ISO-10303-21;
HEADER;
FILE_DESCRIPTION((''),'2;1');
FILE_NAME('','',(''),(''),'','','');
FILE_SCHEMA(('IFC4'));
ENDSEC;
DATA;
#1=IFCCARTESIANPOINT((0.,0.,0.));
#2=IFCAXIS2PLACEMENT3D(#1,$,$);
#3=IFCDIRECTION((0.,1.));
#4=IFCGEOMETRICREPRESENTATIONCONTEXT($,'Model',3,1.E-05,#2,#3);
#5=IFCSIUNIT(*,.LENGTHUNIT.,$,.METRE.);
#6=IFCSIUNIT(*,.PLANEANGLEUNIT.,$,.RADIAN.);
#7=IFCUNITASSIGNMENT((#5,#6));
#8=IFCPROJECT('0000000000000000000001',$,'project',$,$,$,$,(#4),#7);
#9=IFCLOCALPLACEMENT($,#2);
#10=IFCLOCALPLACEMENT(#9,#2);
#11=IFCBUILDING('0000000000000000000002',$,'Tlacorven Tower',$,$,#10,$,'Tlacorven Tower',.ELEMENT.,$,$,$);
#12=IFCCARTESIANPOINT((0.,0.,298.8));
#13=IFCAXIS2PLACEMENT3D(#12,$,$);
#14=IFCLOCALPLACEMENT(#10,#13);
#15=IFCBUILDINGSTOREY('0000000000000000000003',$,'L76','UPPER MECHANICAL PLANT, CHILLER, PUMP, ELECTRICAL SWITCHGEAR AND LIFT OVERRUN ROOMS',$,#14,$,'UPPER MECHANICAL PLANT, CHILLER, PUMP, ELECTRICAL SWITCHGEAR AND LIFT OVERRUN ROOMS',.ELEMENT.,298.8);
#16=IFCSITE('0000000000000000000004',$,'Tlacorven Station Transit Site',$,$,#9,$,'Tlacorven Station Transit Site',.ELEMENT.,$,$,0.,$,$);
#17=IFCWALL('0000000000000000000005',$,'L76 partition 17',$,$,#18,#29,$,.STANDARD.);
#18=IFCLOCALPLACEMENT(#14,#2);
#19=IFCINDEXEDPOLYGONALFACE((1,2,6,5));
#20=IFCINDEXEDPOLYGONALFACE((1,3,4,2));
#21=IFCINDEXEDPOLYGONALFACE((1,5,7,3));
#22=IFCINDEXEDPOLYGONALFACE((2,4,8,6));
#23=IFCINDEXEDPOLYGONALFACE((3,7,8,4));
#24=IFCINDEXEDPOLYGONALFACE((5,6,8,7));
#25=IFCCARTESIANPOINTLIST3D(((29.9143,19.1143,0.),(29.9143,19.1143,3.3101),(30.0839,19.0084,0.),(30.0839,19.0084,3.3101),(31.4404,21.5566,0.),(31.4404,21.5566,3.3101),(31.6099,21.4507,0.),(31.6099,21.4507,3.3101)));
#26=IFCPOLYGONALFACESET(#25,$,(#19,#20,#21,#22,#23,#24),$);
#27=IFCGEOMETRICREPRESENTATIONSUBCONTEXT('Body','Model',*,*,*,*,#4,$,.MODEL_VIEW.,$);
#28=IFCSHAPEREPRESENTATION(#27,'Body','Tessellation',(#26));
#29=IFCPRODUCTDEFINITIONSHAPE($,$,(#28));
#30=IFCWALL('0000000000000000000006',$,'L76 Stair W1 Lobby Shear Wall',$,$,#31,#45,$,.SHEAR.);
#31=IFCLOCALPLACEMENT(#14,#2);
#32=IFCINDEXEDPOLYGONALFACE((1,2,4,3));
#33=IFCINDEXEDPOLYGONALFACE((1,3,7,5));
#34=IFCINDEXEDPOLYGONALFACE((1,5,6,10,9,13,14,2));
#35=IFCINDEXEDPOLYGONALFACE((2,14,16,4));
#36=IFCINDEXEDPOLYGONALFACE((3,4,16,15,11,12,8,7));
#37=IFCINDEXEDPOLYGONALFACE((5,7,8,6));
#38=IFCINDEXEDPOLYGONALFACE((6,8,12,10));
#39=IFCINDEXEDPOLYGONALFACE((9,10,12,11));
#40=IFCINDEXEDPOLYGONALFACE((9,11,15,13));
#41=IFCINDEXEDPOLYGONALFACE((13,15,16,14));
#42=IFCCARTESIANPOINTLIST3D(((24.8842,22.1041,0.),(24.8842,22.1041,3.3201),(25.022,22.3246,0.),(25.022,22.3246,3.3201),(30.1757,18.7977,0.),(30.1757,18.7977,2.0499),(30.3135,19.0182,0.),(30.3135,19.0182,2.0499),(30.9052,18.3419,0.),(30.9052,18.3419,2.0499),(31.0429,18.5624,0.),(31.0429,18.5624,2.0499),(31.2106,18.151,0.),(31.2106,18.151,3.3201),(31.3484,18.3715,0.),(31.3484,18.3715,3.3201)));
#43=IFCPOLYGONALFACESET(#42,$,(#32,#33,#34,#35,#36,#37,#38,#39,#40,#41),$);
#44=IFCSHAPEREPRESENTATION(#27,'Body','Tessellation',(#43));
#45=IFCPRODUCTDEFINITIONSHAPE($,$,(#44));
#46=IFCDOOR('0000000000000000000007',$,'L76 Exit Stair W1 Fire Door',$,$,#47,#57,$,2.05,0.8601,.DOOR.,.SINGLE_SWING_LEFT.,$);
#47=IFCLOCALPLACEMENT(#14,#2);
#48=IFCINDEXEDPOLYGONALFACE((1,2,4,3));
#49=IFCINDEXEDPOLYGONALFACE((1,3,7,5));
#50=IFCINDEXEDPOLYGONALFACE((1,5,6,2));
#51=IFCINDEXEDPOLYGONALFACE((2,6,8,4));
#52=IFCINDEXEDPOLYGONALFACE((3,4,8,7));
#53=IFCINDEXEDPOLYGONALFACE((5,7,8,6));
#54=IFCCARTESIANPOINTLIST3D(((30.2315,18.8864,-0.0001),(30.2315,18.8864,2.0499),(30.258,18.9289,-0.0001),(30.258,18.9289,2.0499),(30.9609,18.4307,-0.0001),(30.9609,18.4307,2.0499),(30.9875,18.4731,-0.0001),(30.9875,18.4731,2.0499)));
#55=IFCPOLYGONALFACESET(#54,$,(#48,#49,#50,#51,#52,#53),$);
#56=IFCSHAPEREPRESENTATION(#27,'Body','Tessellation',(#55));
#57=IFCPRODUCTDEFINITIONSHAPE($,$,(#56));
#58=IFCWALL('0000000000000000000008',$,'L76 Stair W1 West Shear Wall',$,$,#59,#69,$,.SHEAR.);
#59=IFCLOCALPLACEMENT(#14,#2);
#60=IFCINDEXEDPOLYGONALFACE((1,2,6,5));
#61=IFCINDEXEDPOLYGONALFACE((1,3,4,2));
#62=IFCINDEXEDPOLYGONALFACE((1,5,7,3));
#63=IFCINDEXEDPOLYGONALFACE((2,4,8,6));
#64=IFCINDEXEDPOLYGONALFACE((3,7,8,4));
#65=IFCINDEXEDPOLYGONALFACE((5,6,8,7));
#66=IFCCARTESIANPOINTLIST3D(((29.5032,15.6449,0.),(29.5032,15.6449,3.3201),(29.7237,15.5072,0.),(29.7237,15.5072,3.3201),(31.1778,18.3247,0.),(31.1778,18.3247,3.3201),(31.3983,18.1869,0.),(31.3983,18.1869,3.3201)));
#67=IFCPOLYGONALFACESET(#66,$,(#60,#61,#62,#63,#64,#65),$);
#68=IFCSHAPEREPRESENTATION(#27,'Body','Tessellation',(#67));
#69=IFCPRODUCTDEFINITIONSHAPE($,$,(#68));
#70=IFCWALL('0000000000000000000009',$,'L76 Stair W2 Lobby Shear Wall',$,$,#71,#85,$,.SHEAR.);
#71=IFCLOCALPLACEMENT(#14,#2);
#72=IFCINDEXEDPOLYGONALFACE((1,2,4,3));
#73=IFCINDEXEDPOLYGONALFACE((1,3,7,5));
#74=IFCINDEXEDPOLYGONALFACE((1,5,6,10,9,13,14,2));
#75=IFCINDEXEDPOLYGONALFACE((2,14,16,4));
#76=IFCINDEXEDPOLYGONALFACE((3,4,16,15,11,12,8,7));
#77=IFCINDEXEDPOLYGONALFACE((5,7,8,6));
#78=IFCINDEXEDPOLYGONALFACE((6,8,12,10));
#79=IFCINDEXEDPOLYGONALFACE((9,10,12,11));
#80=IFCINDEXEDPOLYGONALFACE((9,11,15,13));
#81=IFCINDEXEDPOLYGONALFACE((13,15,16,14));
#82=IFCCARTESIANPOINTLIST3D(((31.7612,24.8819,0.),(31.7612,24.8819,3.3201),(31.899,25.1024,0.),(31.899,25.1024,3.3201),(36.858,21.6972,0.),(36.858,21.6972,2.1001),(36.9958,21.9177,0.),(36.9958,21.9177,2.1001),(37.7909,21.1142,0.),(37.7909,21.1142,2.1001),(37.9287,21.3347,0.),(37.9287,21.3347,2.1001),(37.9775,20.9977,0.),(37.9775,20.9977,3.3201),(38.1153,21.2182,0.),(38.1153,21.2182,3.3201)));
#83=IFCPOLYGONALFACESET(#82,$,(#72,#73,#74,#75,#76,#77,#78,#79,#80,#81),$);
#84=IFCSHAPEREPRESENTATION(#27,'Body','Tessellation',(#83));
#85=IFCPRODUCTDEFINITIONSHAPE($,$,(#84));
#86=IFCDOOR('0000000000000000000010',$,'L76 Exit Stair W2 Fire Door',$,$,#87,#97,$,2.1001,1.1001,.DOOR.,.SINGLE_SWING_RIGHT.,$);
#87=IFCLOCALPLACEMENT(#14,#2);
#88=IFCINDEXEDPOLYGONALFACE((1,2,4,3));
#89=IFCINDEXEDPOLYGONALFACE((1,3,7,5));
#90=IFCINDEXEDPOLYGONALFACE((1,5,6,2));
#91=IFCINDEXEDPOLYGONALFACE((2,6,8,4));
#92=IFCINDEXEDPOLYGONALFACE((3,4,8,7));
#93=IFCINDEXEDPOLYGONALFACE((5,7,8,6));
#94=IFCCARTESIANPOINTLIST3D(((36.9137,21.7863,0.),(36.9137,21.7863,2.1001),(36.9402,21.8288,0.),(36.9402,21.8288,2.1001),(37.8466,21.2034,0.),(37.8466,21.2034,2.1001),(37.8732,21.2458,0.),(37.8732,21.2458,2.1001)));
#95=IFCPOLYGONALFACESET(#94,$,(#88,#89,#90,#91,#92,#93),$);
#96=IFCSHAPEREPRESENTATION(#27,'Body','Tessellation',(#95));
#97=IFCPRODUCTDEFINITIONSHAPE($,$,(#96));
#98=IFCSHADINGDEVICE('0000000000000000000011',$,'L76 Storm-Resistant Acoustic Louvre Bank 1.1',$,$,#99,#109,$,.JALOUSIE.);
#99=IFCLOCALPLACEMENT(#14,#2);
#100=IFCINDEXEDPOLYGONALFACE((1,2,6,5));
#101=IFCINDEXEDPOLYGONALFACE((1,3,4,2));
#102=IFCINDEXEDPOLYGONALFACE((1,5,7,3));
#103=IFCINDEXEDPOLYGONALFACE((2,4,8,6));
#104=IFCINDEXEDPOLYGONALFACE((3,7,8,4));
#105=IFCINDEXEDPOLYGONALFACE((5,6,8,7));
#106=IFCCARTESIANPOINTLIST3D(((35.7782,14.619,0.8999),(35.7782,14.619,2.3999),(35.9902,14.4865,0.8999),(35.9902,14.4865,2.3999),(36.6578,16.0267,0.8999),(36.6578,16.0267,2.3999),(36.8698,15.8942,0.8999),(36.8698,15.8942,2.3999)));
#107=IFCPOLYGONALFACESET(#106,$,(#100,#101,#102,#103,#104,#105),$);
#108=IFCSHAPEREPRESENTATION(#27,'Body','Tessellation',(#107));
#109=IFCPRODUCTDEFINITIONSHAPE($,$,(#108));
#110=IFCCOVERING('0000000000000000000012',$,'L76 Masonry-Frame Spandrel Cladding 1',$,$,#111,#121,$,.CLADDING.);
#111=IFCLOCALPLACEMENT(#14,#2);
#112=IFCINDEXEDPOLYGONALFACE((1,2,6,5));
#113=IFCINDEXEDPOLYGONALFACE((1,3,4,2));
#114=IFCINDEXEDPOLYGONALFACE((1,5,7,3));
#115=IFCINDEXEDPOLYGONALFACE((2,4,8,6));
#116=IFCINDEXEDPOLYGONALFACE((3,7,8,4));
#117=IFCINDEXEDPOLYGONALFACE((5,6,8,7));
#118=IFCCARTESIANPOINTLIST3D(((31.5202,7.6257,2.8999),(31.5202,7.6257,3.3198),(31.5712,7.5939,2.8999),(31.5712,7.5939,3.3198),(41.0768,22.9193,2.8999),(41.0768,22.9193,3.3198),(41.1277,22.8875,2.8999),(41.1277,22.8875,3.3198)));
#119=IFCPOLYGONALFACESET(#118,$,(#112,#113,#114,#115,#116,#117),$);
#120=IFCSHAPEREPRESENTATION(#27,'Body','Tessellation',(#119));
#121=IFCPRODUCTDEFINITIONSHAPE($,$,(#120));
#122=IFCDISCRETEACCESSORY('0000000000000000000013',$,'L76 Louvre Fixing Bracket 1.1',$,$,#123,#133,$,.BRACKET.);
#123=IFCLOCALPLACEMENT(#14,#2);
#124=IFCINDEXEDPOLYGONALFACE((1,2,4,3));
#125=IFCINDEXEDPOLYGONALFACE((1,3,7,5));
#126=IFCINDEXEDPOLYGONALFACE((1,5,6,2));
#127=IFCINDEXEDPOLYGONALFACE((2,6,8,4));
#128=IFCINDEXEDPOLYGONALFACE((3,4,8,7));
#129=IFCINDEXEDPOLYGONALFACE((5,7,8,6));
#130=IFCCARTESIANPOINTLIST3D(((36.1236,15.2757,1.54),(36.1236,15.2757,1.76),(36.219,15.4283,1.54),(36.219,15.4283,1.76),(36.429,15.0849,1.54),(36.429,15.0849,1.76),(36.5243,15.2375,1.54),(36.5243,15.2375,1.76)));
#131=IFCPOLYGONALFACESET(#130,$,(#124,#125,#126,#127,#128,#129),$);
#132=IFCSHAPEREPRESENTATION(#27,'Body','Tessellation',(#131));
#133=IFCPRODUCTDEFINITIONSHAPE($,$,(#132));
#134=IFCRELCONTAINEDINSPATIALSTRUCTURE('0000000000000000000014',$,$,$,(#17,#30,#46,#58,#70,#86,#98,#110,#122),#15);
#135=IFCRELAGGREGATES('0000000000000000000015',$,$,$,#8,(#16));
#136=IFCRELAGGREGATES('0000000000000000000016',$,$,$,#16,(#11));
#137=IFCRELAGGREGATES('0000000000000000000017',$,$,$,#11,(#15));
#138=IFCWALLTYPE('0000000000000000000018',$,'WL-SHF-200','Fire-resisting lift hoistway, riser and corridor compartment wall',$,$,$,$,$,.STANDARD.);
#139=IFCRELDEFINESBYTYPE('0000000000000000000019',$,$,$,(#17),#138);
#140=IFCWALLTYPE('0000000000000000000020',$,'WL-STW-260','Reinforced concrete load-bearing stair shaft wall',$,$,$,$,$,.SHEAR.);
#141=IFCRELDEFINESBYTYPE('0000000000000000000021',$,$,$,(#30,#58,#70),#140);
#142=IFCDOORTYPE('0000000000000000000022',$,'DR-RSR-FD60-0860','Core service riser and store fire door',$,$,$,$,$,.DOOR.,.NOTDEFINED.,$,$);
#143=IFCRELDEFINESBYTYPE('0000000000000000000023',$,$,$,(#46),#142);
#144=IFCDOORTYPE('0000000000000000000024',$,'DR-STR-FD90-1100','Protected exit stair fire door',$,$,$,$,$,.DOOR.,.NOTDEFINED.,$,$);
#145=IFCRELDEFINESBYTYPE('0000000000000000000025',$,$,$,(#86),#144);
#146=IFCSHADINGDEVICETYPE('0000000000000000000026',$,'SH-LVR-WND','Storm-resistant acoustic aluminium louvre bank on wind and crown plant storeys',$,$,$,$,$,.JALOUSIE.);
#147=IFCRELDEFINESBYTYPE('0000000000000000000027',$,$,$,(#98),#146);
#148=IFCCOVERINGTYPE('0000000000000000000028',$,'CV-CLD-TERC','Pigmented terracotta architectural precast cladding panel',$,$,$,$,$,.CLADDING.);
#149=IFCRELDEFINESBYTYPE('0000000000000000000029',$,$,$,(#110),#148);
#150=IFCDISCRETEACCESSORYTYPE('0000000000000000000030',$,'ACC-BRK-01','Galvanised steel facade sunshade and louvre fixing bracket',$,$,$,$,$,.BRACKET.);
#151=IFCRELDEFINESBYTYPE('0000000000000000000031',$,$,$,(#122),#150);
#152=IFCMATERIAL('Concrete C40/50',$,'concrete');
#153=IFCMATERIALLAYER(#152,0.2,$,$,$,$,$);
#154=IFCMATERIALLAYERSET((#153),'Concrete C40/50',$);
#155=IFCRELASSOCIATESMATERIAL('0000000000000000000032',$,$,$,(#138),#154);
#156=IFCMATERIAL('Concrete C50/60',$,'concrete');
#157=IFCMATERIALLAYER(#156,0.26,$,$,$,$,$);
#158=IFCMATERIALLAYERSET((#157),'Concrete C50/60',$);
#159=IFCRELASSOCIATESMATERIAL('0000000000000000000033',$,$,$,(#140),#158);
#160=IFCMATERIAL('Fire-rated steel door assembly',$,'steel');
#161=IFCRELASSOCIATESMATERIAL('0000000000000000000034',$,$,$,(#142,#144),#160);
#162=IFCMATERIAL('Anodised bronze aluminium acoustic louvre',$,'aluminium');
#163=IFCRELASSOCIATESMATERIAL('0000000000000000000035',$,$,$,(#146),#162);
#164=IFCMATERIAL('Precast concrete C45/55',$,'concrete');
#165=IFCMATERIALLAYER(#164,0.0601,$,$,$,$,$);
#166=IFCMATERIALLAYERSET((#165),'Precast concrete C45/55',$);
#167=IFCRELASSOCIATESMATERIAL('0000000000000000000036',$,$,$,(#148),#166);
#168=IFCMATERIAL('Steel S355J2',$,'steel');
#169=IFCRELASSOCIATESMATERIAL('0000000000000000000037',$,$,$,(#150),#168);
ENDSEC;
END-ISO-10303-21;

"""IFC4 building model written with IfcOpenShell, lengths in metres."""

from ifc_helpers import new_model, si_unit, direction, frame, frame_2d, origin, origin_2d, place, context, subcontext, project, spatial, rectangle, extrude, source, transform, mapped, material, layer, layer_set, type_object, element, fill, save


model = new_model("IFC4")

# Units and contexts
model_context = context("Model", 3, precision=1e-05, world=origin(), true_north=direction((0.0, 1.0)))
body_context = subcontext(model_context, "Body", "Model", "MODEL_VIEW")
ifc_project = project(units=[si_unit("LENGTHUNIT", "METRE"), si_unit("PLANEANGLEUNIT", "RADIAN")], contexts=[model_context])

# Site, building, storey
site_placement = place(None, origin())
site = spatial("IfcSite", under=ifc_project, at=site_placement, Name="Tlacorven Station Transit Site", LongName="Tlacorven Station Transit Site", CompositionType="ELEMENT", RefElevation=0.0)
building_placement = place(site_placement, origin())
building = spatial("IfcBuilding", under=site, at=building_placement, Name="Tlacorven Tower", LongName="Tlacorven Tower", CompositionType="ELEMENT")
storey_placement = place(building_placement, frame((0.0, 0.0, 298.8)))
storey = spatial("IfcBuildingStorey", under=building, at=storey_placement, Name="L76", Description="UPPER MECHANICAL PLANT, CHILLER, PUMP, ELECTRICAL SWITCHGEAR AND LIFT OVERRUN ROOMS", LongName="UPPER MECHANICAL PLANT, CHILLER, PUMP, ELECTRICAL SWITCHGEAR AND LIFT OVERRUN ROOMS", CompositionType="ELEMENT", Elevation=298.8)

# Shared definitions
ifc_material_1 = material(Name="Steel S355J2", Category="steel")

# Shared definitions
ifc_material_2 = material(Name="Concrete C50/60", Category="concrete")
ifc_material_3 = material(Name="Precast concrete C45/55", Category="concrete")

# Shared definitions
ifc_material_4 = material(Name="Concrete C40/50", Category="concrete")
ifc_layer_1 = layer(ifc_material_4, 0.2)
ifc_layer_set_1 = layer_set([ifc_layer_1], Name="Concrete C40/50")
wall_type_1 = type_object("IfcWallType", Name="WL-SHF-200", Description="Fire-resisting lift hoistway, riser and corridor compartment wall", PredefinedType="STANDARD", material=ifc_layer_set_1)
ifc_material_5 = material(Name="Fire-rated steel door assembly", Category="steel")

# Wall
wall_1_placement = place(storey_placement, frame((31.5251, 21.5037, 0.0), z_axis=(0.0, 0.0, 1.0), x_axis=(-0.529907, -0.848055, 0.0)))
element("IfcWall", 1, at=wall_1_placement, inside=storey, type_object=wall_type_1, Name="L76 partition 17", PredefinedType="STANDARD", context=body_context, shape_type="SweptSolid", body=[
    extrude(rectangle(XDim=2.8799, YDim=0.2, at=frame_2d((1.4399, 0.0))), origin(), (0.0, 0.0, 1.0), 3.3101),
])

# Wall, opening, door
ifc_layer_2 = layer(ifc_material_2, 0.26)
ifc_layer_set_2 = layer_set([ifc_layer_2], Name="Concrete C50/60")
wall_type_2 = type_object("IfcWallType", Name="WL-STW-260", Description="Reinforced concrete load-bearing stair shaft wall", PredefinedType="SHEAR", material=ifc_layer_set_2)
wall_2_placement = place(storey_placement, frame((31.2795, 18.2612, 0.0), z_axis=(0.0, 0.0, 1.0), x_axis=(-0.848052, 0.529914, 0.0)))
wall_2 = element("IfcWall", 2, at=wall_2_placement, inside=storey, type_object=wall_type_2, Name="L76 Stair W1 Lobby Shear Wall", PredefinedType="SHEAR", context=body_context, shape_type="SweptSolid", body=[
    extrude(rectangle(XDim=7.46, YDim=0.26, at=frame_2d((3.73, 0.0))), origin(), (0.0, 0.0, 1.0), 3.3201),
])
opening_1_placement = place(wall_2_placement, frame((0.3601, 0.0, 0.0)))
opening_1 = element("IfcOpeningElement", 3, at=opening_1_placement, cuts=wall_2, PredefinedType="OPENING", context=body_context, shape_type="SweptSolid", body=[
    extrude(rectangle(XDim=0.8601, YDim=2.05, at=frame_2d((0.4302, 1.0249))), frame((0.0, 0.1401, 0.0), z_axis=(0.0, -1.0, 0.0), x_axis=(1.0, 0.0, 0.0)), (0.0, 0.0, 1.0), 0.28),
])
door_type_1 = type_object("IfcDoorType", Name="DR-RSR-FD60-0860", Description="Core service riser and store fire door", OperationType="NOTDEFINED", PredefinedType="DOOR", material=ifc_material_5)
shared_shape_1 = source(origin(), body_context, "Body", "SweptSolid", [
    extrude(rectangle(XDim=0.8601, YDim=2.05, at=frame_2d((0.4302, 1.0249))), frame((0.0, 0.0249, 0.0), z_axis=(0.0, -1.0, 0.0), x_axis=(1.0, 0.0, 0.0)), (0.0, 0.0, 1.0), 0.05),
])
door_1_placement = place(opening_1_placement, frame((0.8601, 0.0, 0.0), z_axis=(0.0, 0.0, 1.0), x_axis=(-1.0, 0.0, 0.0)))
door_1 = element("IfcDoor", 4, at=door_1_placement, inside=storey, type_object=door_type_1, Name="L76 Exit Stair W1 Fire Door", OperationType="SINGLE_SWING_LEFT", OverallHeight=2.05, OverallWidth=0.8601, PredefinedType="DOOR", context=body_context, shape_type="MappedRepresentation", body=[
    mapped(shared_shape_1, transform((0.0, 0.0, 0.0), scale=1.0)),
])
fill(opening_1, door_1)

# Wall
wall_3_placement = place(storey_placement, frame((31.2881, 18.2559, 0.0), z_axis=(0.0, 0.0, 1.0), x_axis=(-0.529943, -0.848033, 0.0)))
element("IfcWall", 5, at=wall_3_placement, inside=storey, type_object=wall_type_2, Name="L76 Stair W1 West Shear Wall", PredefinedType="SHEAR", context=body_context, shape_type="SweptSolid", body=[
    extrude(rectangle(XDim=3.1599, YDim=0.26, at=frame_2d((1.5801, 0.0))), origin(), (0.0, 0.0, 1.0), 3.3201),
])

# Wall, opening, door
wall_4_placement = place(storey_placement, frame((38.0464, 21.1079, 0.0), z_axis=(0.0, 0.0, 1.0), x_axis=(-0.848054, 0.529909, 0.0)))
wall_4 = element("IfcWall", 6, at=wall_4_placement, inside=storey, type_object=wall_type_2, Name="L76 Stair W2 Lobby Shear Wall", PredefinedType="SHEAR", context=body_context, shape_type="SweptSolid", body=[
    extrude(rectangle(XDim=7.3301, YDim=0.26, at=frame_2d((3.665, 0.0))), origin(), (0.0, 0.0, 1.0), 3.3201),
])
opening_2_placement = place(wall_4_placement, frame((0.22, 0.0, 0.0)))
opening_2 = element("IfcOpeningElement", 7, at=opening_2_placement, cuts=wall_4, PredefinedType="OPENING", context=body_context, shape_type="SweptSolid", body=[
    extrude(rectangle(XDim=1.1001, YDim=2.1001, at=frame_2d((0.55, 1.05))), frame((0.0, 0.1401, 0.0), z_axis=(0.0, -1.0, 0.0), x_axis=(1.0, 0.0, 0.0)), (0.0, 0.0, 1.0), 0.28),
])
door_type_2 = type_object("IfcDoorType", Name="DR-STR-FD90-1100", Description="Protected exit stair fire door", OperationType="NOTDEFINED", PredefinedType="DOOR", material=ifc_material_5)
shared_shape_2 = source(origin(), body_context, "Body", "SweptSolid", [
    extrude(rectangle(XDim=1.1001, YDim=2.1001, at=frame_2d((0.55, 1.05))), frame((0.0, 0.0249, 0.0), z_axis=(0.0, -1.0, 0.0), x_axis=(1.0, 0.0, 0.0)), (0.0, 0.0, 1.0), 0.05),
])
door_2_placement = place(opening_2_placement, origin())
door_2 = element("IfcDoor", 8, at=door_2_placement, inside=storey, type_object=door_type_2, Name="L76 Exit Stair W2 Fire Door", OperationType="SINGLE_SWING_RIGHT", OverallHeight=2.1001, OverallWidth=1.1001, PredefinedType="DOOR", context=body_context, shape_type="MappedRepresentation", body=[
    mapped(shared_shape_2, transform((0.0, 0.0, 0.0), scale=1.0)),
])
fill(opening_2, door_2)

# Shading device
ifc_material_6 = material(Name="Anodised bronze aluminium acoustic louvre", Category="aluminium")
shading_device_type = type_object("IfcShadingDeviceType", Name="SH-LVR-WND", Description="Storm-resistant acoustic aluminium louvre bank on wind and crown plant storeys", PredefinedType="JALOUSIE", material=ifc_material_6)
shared_shape_3 = source(origin(), body_context, "Body", "SweptSolid", [
    extrude(rectangle(XDim=1.6599, YDim=0.25, at=origin_2d()), origin(), (0.0, 0.0, 1.0), 1.5),
])
shading_device_placement = place(storey_placement, frame((36.324, 15.2566, 0.8999), z_axis=(0.0, 0.0, 1.0), x_axis=(-0.529919, -0.848048, 0.0)))
element("IfcShadingDevice", 9, at=shading_device_placement, inside=storey, type_object=shading_device_type, Name="L76 Storm-Resistant Acoustic Louvre Bank 1.1", PredefinedType="JALOUSIE", context=body_context, shape_type="MappedRepresentation", body=[
    mapped(shared_shape_3, transform((0.0, 0.0, 0.0), scale=1.0)),
])

# Covering
ifc_layer_3 = layer(ifc_material_3, 0.0601)
ifc_layer_set_3 = layer_set([ifc_layer_3], Name="Precast concrete C45/55")
covering_type = type_object("IfcCoveringType", Name="CV-CLD-TERC", Description="Pigmented terracotta architectural precast cladding panel", PredefinedType="CLADDING", material=ifc_layer_set_3)
shared_shape_4 = source(origin(), body_context, "Body", "SweptSolid", [
    extrude(rectangle(XDim=18.0339, YDim=0.0601, at=origin_2d()), origin(), (0.0, 0.0, 1.0), 0.4199),
])
covering_placement = place(storey_placement, frame((36.324, 15.2566, 2.8999), z_axis=(0.0, 0.0, 1.0), x_axis=(-0.529919, -0.848048, 0.0)))
element("IfcCovering", 10, at=covering_placement, inside=storey, type_object=covering_type, Name="L76 Masonry-Frame Spandrel Cladding 1", PredefinedType="CLADDING", context=body_context, shape_type="MappedRepresentation", body=[
    mapped(shared_shape_4, transform((0.0, 0.0, 0.0), scale=1.0)),
])

# Discrete accessory
discrete_accessory_type = type_object("IfcDiscreteAccessoryType", Name="ACC-BRK-01", Description="Galvanised steel facade sunshade and louvre fixing bracket", PredefinedType="BRACKET", material=ifc_material_1)
shared_shape_5 = source(origin(), body_context, "Body", "SweptSolid", [
    extrude(rectangle(XDim=0.1799, YDim=0.3601, at=origin_2d()), origin(), (0.0, 0.0, 1.0), 0.22),
])
discrete_accessory_placement = place(storey_placement, frame((36.324, 15.2566, 1.54), z_axis=(0.0, 0.0, 1.0), x_axis=(-0.529919, -0.848048, 0.0)))
element("IfcDiscreteAccessory", 11, at=discrete_accessory_placement, inside=storey, type_object=discrete_accessory_type, Name="L76 Louvre Fixing Bracket 1.1", PredefinedType="BRACKET", context=body_context, shape_type="MappedRepresentation", body=[
    mapped(shared_shape_5, transform((0.0, 0.0, 0.0), scale=1.0)),
])

save(model, "model.ifc")
